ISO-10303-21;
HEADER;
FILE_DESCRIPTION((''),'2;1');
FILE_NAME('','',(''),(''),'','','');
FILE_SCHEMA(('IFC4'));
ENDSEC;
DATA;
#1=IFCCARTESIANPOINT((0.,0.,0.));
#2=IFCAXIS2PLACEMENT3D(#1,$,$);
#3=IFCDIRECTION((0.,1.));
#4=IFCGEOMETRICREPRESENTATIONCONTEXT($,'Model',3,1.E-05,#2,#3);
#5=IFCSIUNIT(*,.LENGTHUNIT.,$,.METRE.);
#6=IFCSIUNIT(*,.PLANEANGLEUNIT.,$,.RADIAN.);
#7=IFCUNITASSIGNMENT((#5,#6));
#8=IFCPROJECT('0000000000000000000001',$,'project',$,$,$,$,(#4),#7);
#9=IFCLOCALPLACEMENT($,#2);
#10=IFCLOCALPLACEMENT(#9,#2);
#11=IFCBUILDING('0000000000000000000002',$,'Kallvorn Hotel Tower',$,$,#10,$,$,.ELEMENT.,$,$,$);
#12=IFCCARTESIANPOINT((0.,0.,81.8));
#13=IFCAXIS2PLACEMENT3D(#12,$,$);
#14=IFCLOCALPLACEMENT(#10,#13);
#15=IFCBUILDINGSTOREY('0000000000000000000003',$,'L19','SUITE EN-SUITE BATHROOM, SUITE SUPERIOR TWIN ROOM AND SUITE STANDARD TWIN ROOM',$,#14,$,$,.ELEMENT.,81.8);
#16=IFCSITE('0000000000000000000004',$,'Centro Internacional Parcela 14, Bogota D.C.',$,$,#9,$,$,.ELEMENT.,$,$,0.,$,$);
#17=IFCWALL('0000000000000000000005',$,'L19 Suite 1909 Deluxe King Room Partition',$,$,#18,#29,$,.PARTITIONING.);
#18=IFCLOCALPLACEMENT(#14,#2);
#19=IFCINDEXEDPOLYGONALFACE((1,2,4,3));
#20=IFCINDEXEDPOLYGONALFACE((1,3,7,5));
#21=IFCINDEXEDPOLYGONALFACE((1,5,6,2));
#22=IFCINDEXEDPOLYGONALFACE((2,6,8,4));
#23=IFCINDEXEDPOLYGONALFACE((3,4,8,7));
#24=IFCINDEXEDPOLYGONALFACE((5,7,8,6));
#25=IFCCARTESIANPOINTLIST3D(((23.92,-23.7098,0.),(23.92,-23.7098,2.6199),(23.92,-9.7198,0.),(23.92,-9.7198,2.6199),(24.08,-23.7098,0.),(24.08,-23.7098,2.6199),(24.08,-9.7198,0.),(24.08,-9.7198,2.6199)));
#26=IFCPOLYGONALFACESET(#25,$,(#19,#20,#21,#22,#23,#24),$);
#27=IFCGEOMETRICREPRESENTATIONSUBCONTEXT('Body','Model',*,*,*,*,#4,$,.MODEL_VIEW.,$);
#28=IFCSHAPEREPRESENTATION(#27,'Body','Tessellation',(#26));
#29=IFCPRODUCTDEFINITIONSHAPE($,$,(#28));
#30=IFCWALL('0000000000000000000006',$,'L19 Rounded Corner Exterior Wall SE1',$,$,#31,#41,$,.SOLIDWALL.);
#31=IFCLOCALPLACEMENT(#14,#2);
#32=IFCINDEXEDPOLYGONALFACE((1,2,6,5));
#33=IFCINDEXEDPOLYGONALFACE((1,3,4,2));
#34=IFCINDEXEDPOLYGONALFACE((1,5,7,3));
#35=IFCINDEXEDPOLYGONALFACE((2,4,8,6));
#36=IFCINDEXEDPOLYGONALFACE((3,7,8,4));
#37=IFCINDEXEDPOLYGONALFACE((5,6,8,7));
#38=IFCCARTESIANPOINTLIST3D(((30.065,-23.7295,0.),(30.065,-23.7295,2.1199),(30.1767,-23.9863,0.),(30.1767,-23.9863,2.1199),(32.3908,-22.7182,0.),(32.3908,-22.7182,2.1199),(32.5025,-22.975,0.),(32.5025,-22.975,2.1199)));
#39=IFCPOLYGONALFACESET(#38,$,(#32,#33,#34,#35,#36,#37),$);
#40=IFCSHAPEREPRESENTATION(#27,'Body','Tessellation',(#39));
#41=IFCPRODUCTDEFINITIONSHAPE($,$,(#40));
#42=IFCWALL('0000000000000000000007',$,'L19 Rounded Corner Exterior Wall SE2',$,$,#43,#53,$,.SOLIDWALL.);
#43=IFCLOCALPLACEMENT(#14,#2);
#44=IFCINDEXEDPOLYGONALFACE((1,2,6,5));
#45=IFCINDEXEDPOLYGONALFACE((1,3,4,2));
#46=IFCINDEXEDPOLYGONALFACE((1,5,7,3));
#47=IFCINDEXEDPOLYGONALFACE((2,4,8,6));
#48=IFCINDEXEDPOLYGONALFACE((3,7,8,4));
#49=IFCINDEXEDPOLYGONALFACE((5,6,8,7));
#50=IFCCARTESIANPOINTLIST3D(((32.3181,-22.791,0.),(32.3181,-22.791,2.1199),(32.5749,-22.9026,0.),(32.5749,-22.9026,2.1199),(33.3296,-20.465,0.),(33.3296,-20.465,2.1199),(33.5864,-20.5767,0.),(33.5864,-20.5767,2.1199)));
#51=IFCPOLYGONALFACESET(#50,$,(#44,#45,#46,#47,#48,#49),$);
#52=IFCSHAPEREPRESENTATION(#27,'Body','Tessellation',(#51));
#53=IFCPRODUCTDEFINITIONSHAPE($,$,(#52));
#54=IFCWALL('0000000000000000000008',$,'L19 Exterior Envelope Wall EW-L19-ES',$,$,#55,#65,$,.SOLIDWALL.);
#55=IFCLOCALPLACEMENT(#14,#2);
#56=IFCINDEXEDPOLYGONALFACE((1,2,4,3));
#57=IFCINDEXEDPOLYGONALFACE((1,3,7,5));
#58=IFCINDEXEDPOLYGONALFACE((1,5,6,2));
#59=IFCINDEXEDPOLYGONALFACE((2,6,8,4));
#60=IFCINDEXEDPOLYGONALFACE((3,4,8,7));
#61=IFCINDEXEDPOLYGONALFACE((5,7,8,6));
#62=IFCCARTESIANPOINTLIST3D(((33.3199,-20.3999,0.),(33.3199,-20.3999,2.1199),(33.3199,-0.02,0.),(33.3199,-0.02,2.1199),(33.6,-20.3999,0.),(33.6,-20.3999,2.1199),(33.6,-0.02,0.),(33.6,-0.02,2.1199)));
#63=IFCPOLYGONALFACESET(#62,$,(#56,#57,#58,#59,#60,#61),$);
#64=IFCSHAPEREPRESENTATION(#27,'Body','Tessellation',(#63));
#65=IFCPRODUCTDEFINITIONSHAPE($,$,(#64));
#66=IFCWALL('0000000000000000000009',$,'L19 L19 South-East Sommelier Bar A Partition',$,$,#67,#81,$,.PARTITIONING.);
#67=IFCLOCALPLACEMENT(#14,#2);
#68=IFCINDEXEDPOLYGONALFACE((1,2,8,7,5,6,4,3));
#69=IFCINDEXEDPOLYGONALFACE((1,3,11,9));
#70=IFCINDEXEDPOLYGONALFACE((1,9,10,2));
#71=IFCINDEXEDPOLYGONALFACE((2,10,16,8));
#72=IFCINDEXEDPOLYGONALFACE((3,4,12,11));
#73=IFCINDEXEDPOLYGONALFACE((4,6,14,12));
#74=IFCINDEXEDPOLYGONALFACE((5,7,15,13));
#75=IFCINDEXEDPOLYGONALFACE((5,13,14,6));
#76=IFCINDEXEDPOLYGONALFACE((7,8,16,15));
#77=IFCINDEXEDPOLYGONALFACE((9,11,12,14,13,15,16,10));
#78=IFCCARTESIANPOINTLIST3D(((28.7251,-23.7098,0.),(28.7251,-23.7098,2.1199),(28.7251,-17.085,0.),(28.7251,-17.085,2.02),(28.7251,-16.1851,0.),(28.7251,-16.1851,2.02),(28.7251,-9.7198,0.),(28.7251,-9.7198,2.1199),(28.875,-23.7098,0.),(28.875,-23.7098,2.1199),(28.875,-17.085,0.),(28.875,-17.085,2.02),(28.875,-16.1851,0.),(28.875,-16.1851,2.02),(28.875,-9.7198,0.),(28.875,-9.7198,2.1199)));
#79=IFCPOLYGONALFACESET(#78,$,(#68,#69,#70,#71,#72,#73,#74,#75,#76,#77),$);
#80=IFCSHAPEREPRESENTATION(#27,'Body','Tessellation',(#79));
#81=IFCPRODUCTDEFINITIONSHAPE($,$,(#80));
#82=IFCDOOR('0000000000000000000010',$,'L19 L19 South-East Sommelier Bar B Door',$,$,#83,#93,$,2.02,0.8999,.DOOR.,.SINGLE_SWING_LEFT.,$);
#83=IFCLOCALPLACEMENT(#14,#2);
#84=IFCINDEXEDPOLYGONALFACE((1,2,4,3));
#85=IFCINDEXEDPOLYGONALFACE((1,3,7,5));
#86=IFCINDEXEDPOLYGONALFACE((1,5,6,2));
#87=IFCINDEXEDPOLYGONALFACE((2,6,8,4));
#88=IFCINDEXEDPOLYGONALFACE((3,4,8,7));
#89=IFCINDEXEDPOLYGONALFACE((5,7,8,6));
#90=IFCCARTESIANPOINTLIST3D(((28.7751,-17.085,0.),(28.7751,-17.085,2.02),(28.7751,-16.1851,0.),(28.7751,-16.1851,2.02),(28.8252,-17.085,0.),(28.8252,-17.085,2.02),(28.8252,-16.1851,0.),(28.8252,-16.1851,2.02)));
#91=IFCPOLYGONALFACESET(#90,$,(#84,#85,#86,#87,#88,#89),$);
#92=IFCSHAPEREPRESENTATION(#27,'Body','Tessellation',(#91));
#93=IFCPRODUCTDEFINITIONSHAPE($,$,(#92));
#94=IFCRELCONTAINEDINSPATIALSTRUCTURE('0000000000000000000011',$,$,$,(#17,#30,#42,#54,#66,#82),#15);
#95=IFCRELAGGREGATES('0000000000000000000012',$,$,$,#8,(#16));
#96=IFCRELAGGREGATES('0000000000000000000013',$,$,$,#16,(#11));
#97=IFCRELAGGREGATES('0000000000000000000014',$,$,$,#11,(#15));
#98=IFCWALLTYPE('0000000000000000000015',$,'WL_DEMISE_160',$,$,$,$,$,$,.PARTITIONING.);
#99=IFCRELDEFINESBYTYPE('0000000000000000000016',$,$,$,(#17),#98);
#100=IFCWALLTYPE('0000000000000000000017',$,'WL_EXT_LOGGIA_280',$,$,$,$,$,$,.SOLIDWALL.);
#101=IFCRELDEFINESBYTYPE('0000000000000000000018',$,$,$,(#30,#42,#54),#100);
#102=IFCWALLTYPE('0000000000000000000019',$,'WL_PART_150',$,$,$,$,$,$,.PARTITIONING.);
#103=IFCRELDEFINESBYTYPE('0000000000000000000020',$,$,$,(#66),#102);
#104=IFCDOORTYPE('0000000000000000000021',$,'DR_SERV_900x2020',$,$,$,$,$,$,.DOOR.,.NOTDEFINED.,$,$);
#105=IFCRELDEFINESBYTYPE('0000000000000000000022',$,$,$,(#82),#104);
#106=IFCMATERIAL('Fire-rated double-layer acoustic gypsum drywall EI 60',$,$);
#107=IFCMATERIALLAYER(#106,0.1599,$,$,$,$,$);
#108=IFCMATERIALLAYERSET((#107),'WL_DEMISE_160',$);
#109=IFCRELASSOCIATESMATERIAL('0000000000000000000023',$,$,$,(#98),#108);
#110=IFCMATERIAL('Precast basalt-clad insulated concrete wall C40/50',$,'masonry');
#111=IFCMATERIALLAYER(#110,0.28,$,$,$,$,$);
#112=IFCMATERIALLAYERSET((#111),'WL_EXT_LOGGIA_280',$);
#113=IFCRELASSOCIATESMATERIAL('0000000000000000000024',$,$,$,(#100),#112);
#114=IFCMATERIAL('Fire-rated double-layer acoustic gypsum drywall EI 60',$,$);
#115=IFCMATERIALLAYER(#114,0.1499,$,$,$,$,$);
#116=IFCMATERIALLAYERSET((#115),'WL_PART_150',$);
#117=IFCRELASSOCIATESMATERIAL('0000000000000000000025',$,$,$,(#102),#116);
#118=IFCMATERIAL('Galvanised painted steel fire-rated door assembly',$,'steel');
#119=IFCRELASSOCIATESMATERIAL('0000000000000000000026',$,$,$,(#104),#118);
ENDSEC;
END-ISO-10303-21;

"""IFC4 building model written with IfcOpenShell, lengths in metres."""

from ifc_helpers import new_model, si_unit, direction, frame, frame_2d, origin, place, context, subcontext, project, spatial, rectangle, extrude, material, layer, layer_set, type_object, element, fill, save


model = new_model("IFC4")

# Units and contexts
model_context = context("Model", 3, precision=1e-05, world=origin(), true_north=direction((0.0, 1.0)))
body_context = subcontext(model_context, "Body", "Model", "MODEL_VIEW")
ifc_project = project(units=[si_unit("LENGTHUNIT", "METRE"), si_unit("PLANEANGLEUNIT", "RADIAN")], contexts=[model_context])

# Site, building, storey
site_placement = place(None, origin())
site = spatial("IfcSite", under=ifc_project, at=site_placement, Name="Centro Internacional Parcela 14, Bogota D.C.", CompositionType="ELEMENT", RefElevation=0.0)
building_placement = place(site_placement, origin())
building = spatial("IfcBuilding", under=site, at=building_placement, Name="Kallvorn Hotel Tower", CompositionType="ELEMENT")
storey_placement = place(building_placement, frame((0.0, 0.0, 81.8)))
storey = spatial("IfcBuildingStorey", under=building, at=storey_placement, Name="L19", Description="SUITE EN-SUITE BATHROOM, SUITE SUPERIOR TWIN ROOM AND SUITE STANDARD TWIN ROOM", CompositionType="ELEMENT", Elevation=81.8)

# Walls
ifc_material_1 = material(Name="Fire-rated double-layer acoustic gypsum drywall EI 60")
ifc_layer_1 = layer(ifc_material_1, 0.1599)
ifc_layer_set_1 = layer_set([ifc_layer_1], Name="WL_DEMISE_160")
wall_type_1 = type_object("IfcWallType", Name="WL_DEMISE_160", PredefinedType="PARTITIONING", material=ifc_layer_set_1)
for number, where, z_axis, x_axis, name in (
    (1, (24.0, -23.71, 0.0), (0.0, 0.0, 1.0), (0.0, 1.0, 0.0), "L19 Suite 1909 Deluxe King Room Partition"),
):
    element("IfcWall", number, at=place(storey_placement, frame(where, z_axis=z_axis, x_axis=x_axis)), inside=storey, type_object=wall_type_1, Name=name, PredefinedType="PARTITIONING", context=body_context, shape_type="SweptSolid", body=[
        extrude(rectangle(XDim=13.99, YDim=0.1599, at=frame_2d((6.9951, 0.0))), origin(), (0.0, 0.0, 1.0), 2.6199),
    ])
ifc_material_2 = material(Name="Precast basalt-clad insulated concrete wall C40/50", Category="masonry")
ifc_layer_2 = layer(ifc_material_2, 0.28)
ifc_layer_set_2 = layer_set([ifc_layer_2], Name="WL_EXT_LOGGIA_280")
wall_type_2 = type_object("IfcWallType", Name="WL_EXT_LOGGIA_280", PredefinedType="SOLIDWALL", material=ifc_layer_set_2)
wall_1_placement = place(storey_placement, frame((30.1208, -23.8579, 0.0), z_axis=(0.0, 0.0, 1.0), x_axis=(0.917061, 0.398747, 0.0)))
element("IfcWall", 2, at=wall_1_placement, inside=storey, type_object=wall_type_2, Name="L19 Rounded Corner Exterior Wall SE1", PredefinedType="SOLIDWALL", context=body_context, shape_type="SweptSolid", body=[
    extrude(rectangle(XDim=2.5361, YDim=0.28, at=frame_2d((1.2681, 0.0))), origin(), (0.0, 0.0, 1.0), 2.1199),
])
wall_2_placement = place(storey_placement, frame((32.4465, -22.8467, 0.0), z_axis=(0.0, 0.0, 1.0), x_axis=(0.398793, 0.917041, 0.0)))
element("IfcWall", 3, at=wall_2_placement, inside=storey, type_object=wall_type_2, Name="L19 Rounded Corner Exterior Wall SE2", PredefinedType="SOLIDWALL", context=body_context, shape_type="SweptSolid", body=[
    extrude(rectangle(XDim=2.5364, YDim=0.28, at=frame_2d((1.2681, 0.0))), origin(), (0.0, 0.0, 1.0), 2.1199),
])
wall_3_placement = place(storey_placement, frame((33.46, -20.3999, 0.0), z_axis=(0.0, 0.0, 1.0), x_axis=(0.0, 1.0, 0.0)))
element("IfcWall", 4, at=wall_3_placement, inside=storey, type_object=wall_type_2, Name="L19 Exterior Envelope Wall EW-L19-ES", PredefinedType="SOLIDWALL", context=body_context, shape_type="SweptSolid", body=[
    extrude(rectangle(XDim=20.3799, YDim=0.28, at=frame_2d((10.1899, 0.0))), origin(), (0.0, 0.0, 1.0), 2.1199),
])

# Wall, opening, door
ifc_material_3 = material(Name="Fire-rated double-layer acoustic gypsum drywall EI 60")
ifc_layer_3 = layer(ifc_material_3, 0.1499)
ifc_layer_set_3 = layer_set([ifc_layer_3], Name="WL_PART_150")
wall_type_3 = type_object("IfcWallType", Name="WL_PART_150", PredefinedType="PARTITIONING", material=ifc_layer_set_3)
wall_4_placement = place(storey_placement, frame((28.8, -23.71, 0.0), z_axis=(0.0, 0.0, 1.0), x_axis=(0.0, 1.0, 0.0)))
wall_4 = element("IfcWall", 5, at=wall_4_placement, inside=storey, type_object=wall_type_3, Name="L19 L19 South-East Sommelier Bar A Partition", PredefinedType="PARTITIONING", context=body_context, shape_type="SweptSolid", body=[
    extrude(rectangle(XDim=13.99, YDim=0.1499, at=frame_2d((6.9951, 0.0))), origin(), (0.0, 0.0, 1.0), 2.1199),
])
opening_placement = place(wall_4_placement, frame((6.625, 0.0, 0.0)))
opening = element("IfcOpeningElement", 6, at=opening_placement, cuts=wall_4, PredefinedType="OPENING", context=body_context, shape_type="SweptSolid", body=[
    extrude(rectangle(XDim=0.8999, YDim=2.02, at=frame_2d((0.45, 1.01))), frame((0.0, 0.0898, 0.0), z_axis=(0.0, -1.0, 0.0), x_axis=(1.0, 0.0, 0.0)), (0.0, 0.0, 1.0), 0.1799),
])
ifc_material_4 = material(Name="Galvanised painted steel fire-rated door assembly", Category="steel")
door_type = type_object("IfcDoorType", Name="DR_SERV_900x2020", OperationType="NOTDEFINED", PredefinedType="DOOR", material=ifc_material_4)
door_placement = place(opening_placement, origin())
door = element("IfcDoor", 7, at=door_placement, inside=storey, type_object=door_type, Name="L19 L19 South-East Sommelier Bar B Door", OperationType="SINGLE_SWING_LEFT", OverallHeight=2.02, OverallWidth=0.8999, PredefinedType="DOOR", context=body_context, shape_type="SweptSolid", body=[
    extrude(rectangle(XDim=0.8999, YDim=2.02, at=frame_2d((0.45, 1.01))), frame((0.0, 0.0249, 0.0), z_axis=(0.0, -1.0, 0.0), x_axis=(1.0, 0.0, 0.0)), (0.0, 0.0, 1.0), 0.05),
])
fill(opening, door)

save(model, "model.ifc")
